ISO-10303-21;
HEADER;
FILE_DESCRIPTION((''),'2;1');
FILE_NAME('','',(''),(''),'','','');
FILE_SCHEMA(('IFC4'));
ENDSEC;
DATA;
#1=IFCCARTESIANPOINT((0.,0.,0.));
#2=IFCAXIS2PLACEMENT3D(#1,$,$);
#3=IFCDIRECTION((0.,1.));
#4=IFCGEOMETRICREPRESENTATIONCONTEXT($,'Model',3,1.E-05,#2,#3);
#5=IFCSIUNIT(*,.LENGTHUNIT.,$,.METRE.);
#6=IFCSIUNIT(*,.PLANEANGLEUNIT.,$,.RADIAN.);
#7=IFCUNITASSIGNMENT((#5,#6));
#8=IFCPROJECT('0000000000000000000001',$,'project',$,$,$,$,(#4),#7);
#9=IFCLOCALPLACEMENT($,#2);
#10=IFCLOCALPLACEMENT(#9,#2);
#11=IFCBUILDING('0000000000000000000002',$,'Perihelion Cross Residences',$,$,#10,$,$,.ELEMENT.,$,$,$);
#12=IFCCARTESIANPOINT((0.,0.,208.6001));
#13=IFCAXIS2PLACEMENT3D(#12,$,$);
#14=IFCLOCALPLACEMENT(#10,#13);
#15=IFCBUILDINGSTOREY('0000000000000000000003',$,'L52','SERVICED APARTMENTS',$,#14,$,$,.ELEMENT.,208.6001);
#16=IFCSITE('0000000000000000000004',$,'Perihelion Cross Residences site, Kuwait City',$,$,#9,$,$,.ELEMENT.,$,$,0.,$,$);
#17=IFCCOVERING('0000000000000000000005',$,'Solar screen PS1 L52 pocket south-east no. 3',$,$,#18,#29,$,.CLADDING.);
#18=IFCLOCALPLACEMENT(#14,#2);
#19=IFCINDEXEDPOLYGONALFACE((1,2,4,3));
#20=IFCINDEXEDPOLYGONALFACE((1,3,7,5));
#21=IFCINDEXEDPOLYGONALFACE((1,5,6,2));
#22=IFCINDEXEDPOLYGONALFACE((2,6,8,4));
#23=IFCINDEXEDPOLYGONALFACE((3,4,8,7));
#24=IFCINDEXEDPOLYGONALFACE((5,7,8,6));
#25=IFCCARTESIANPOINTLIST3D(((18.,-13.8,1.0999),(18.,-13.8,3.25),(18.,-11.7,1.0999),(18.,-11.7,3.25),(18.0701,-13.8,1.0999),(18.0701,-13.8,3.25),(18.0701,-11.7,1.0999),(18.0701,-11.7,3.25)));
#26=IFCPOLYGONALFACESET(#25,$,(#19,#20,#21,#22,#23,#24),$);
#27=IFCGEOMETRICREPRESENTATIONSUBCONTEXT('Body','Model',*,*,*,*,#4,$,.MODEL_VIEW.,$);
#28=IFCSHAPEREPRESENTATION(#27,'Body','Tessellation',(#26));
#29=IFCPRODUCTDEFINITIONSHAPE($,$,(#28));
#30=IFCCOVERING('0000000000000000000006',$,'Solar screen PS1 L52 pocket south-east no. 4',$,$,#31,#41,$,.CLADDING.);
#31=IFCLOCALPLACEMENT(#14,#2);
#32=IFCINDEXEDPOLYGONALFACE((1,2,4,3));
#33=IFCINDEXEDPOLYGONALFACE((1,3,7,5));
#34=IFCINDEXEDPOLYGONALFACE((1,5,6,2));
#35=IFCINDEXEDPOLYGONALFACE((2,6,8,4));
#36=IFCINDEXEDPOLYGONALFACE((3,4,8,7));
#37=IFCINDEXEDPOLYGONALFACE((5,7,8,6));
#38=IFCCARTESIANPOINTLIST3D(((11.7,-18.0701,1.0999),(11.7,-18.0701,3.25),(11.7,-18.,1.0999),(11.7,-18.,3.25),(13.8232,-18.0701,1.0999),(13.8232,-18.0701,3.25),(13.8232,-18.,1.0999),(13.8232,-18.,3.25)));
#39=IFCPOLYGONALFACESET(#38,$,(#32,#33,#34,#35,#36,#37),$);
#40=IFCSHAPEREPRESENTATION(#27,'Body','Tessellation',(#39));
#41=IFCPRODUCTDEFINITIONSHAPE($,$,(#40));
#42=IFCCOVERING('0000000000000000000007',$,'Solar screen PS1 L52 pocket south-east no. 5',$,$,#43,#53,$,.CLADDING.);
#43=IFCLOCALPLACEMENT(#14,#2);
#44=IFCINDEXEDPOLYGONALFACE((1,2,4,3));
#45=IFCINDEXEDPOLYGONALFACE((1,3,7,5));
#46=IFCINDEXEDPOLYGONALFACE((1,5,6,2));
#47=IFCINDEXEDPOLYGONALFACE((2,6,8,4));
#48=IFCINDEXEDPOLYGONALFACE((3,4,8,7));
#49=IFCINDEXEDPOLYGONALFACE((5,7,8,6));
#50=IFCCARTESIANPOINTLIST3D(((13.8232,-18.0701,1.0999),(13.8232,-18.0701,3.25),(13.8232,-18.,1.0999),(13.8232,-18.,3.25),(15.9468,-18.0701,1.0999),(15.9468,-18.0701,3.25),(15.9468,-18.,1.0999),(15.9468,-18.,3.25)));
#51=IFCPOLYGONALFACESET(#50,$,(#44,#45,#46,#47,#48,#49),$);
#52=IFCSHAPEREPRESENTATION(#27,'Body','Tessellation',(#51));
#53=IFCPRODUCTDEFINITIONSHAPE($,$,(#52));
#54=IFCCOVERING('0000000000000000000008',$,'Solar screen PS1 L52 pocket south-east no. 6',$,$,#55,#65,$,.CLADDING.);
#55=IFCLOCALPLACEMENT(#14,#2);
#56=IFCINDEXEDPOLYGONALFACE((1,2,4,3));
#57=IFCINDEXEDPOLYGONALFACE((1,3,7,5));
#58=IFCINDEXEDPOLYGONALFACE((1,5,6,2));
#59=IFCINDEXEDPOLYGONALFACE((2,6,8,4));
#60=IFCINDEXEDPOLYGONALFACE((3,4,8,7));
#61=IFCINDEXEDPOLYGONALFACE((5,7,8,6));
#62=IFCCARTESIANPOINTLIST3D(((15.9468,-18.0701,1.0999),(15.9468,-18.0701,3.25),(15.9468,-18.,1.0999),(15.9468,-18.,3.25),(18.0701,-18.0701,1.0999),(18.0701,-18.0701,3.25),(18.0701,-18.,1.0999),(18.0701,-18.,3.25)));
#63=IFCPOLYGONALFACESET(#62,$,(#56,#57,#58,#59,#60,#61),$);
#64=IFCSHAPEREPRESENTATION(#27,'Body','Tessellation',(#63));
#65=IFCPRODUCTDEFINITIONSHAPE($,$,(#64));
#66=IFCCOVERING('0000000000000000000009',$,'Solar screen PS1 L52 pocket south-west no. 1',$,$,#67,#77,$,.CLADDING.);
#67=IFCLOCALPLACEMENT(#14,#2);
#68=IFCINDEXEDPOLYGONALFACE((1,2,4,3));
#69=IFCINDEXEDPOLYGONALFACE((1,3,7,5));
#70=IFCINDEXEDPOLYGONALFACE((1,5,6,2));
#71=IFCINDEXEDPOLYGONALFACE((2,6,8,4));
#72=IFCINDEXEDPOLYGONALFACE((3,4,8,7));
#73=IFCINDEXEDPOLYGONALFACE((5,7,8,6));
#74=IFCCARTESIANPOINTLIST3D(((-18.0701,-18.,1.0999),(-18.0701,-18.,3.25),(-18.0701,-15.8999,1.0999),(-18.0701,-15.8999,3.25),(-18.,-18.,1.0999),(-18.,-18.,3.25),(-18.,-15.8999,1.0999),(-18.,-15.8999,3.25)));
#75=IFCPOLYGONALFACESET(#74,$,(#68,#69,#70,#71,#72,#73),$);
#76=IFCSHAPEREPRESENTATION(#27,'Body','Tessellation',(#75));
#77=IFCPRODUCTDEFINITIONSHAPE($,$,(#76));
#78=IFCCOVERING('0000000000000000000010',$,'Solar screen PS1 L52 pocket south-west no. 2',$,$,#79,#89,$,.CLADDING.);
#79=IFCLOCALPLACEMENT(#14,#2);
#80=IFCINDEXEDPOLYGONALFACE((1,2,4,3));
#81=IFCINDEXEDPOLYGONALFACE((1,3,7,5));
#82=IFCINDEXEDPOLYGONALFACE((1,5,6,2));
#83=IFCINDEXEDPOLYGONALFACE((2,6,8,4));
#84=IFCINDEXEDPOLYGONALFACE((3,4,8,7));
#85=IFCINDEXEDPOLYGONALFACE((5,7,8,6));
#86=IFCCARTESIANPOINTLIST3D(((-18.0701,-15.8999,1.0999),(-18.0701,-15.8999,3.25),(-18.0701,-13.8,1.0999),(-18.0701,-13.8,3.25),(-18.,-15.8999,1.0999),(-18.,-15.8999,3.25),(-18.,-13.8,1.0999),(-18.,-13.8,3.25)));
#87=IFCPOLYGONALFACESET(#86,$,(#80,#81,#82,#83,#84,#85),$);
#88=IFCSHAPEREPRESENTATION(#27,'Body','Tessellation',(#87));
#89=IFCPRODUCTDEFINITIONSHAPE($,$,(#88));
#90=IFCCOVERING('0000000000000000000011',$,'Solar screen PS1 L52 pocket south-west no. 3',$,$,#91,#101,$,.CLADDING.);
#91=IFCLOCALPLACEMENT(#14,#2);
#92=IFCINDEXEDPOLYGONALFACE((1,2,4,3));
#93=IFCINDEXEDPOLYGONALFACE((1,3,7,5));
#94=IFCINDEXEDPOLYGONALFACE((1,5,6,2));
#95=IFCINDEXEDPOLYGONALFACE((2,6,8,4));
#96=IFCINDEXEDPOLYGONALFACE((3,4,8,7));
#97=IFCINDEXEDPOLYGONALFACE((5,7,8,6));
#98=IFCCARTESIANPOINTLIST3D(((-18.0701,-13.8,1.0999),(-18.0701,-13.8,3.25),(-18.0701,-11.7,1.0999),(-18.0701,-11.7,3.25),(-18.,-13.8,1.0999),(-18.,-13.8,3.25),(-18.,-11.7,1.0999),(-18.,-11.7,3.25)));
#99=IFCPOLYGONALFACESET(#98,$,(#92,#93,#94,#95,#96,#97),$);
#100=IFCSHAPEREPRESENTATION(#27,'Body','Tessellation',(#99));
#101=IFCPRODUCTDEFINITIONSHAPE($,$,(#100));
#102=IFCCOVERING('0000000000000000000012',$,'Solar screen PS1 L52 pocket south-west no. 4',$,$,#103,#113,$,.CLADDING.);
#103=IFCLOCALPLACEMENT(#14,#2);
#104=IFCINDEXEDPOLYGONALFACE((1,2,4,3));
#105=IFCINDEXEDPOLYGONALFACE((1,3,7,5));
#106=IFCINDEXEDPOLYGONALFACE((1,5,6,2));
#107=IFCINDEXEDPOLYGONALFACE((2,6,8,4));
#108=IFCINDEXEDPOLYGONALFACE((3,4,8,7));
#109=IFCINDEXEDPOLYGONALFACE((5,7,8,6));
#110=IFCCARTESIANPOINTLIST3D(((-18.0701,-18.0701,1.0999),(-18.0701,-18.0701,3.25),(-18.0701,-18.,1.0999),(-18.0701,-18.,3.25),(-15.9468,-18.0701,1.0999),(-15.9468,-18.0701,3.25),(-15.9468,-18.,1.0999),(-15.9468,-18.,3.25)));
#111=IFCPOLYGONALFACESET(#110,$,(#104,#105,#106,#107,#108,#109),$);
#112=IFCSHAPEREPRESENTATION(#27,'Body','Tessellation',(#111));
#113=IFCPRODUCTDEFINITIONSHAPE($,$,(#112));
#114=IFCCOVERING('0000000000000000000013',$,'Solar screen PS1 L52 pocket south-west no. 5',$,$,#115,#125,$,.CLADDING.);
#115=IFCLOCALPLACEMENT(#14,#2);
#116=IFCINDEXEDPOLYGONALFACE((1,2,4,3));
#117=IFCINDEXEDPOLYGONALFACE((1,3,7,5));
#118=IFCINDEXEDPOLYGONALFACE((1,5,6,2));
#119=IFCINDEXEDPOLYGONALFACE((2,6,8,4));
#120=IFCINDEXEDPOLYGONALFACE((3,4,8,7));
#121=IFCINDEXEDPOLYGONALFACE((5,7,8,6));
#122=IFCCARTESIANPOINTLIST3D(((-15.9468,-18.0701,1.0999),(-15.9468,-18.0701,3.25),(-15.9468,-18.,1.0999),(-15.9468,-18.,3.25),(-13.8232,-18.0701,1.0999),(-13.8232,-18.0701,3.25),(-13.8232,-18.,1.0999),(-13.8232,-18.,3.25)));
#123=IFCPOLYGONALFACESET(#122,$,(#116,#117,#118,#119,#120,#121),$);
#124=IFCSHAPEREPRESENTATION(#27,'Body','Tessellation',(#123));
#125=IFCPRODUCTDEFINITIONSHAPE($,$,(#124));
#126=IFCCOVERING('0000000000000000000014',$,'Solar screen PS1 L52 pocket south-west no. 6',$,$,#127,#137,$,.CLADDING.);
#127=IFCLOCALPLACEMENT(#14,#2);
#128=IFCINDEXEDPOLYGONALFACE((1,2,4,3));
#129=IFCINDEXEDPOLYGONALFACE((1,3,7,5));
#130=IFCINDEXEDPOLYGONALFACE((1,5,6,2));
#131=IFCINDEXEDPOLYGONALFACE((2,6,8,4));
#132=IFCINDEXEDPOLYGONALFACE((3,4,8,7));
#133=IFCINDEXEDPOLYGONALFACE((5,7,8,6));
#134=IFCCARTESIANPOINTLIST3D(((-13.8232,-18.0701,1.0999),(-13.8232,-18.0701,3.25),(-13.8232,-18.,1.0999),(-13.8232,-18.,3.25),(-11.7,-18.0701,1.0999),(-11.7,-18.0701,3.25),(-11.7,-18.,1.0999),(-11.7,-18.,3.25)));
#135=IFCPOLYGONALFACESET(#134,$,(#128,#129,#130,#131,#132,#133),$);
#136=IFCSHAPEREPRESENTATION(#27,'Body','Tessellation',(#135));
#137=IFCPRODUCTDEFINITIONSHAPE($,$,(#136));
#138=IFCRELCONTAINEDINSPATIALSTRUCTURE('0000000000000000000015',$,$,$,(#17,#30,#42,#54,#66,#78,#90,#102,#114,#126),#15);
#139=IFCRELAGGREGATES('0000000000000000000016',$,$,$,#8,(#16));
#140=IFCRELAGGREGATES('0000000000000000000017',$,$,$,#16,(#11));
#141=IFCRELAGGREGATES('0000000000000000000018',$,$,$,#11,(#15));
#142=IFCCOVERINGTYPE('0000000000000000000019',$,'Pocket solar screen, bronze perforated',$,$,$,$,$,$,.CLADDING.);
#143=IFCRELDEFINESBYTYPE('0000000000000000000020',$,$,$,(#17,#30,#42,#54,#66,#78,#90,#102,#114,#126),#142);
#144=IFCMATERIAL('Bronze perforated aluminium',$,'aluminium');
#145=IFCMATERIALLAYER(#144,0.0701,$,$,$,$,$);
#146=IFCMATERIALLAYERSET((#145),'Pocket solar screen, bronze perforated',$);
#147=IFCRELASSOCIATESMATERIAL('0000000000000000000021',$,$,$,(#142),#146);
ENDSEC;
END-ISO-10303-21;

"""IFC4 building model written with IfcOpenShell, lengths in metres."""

from ifc_helpers import new_model, si_unit, direction, frame, origin, place, context, subcontext, project, spatial, polyline, outline, extrude, material, layer, layer_set, type_object, element, save


model = new_model("IFC4")

# Units and contexts
model_context = context("Model", 3, precision=1e-05, world=origin(), true_north=direction((0.0, 1.0)))
body_context = subcontext(model_context, "Body", "Model", "MODEL_VIEW")
ifc_project = project(units=[si_unit("LENGTHUNIT", "METRE"), si_unit("PLANEANGLEUNIT", "RADIAN")], contexts=[model_context])

# Site, building, storey
site_placement = place(None, origin())
site = spatial("IfcSite", under=ifc_project, at=site_placement, Name="Perihelion Cross Residences site, Kuwait City", CompositionType="ELEMENT", RefElevation=0.0)
building_placement = place(site_placement, origin())
building = spatial("IfcBuilding", under=site, at=building_placement, Name="Perihelion Cross Residences", CompositionType="ELEMENT")
storey_placement = place(building_placement, frame((0.0, 0.0, 208.6001)))
storey = spatial("IfcBuildingStorey", under=building, at=storey_placement, Name="L52", Description="SERVICED APARTMENTS", CompositionType="ELEMENT", Elevation=208.6001)

# Coverings
ifc_material_1 = material(Name="Bronze perforated aluminium", Category="aluminium")
ifc_layer_1 = layer(ifc_material_1, 0.0701)
ifc_layer_set_1 = layer_set([ifc_layer_1], Name="Pocket solar screen, bronze perforated")
covering_type_1 = type_object("IfcCoveringType", Name="Pocket solar screen, bronze perforated", PredefinedType="CLADDING", material=ifc_layer_set_1)
covering_1_placement = place(storey_placement, frame((0.0, 0.0, 1.0999)))
element("IfcCovering", 1, at=covering_1_placement, inside=storey, type_object=covering_type_1, Name="Solar screen PS1 L52 pocket south-east no. 3", PredefinedType="CLADDING", context=body_context, shape_type="SweptSolid", body=[
    extrude(outline(polyline([(18.0701, -13.8), (18.0701, -11.7), (18.0, -11.7), (18.0, -13.8), (18.0701, -13.8)])), origin(), (0.0, 0.0, 1.0), 2.1501),
])
covering_2_placement = place(storey_placement, frame((0.0, 0.0, 1.0999)))
element("IfcCovering", 2, at=covering_2_placement, inside=storey, type_object=covering_type_1, Name="Solar screen PS1 L52 pocket south-east no. 4", PredefinedType="CLADDING", context=body_context, shape_type="SweptSolid", body=[
    extrude(outline(polyline([(13.8232, -18.0701), (13.8232, -18.0), (11.7, -18.0), (11.7, -18.0701), (13.8232, -18.0701)])), origin(), (0.0, 0.0, 1.0), 2.1501),
])
covering_3_placement = place(storey_placement, frame((0.0, 0.0, 1.0999)))
element("IfcCovering", 3, at=covering_3_placement, inside=storey, type_object=covering_type_1, Name="Solar screen PS1 L52 pocket south-east no. 5", PredefinedType="CLADDING", context=body_context, shape_type="SweptSolid", body=[
    extrude(outline(polyline([(15.9468, -18.0701), (15.9468, -18.0), (13.8232, -18.0), (13.8232, -18.0701), (15.9468, -18.0701)])), origin(), (0.0, 0.0, 1.0), 2.1501),
])
covering_4_placement = place(storey_placement, frame((0.0, 0.0, 1.0999)))
element("IfcCovering", 4, at=covering_4_placement, inside=storey, type_object=covering_type_1, Name="Solar screen PS1 L52 pocket south-east no. 6", PredefinedType="CLADDING", context=body_context, shape_type="SweptSolid", body=[
    extrude(outline(polyline([(18.0701, -18.0701), (18.0701, -18.0), (15.9468, -18.0), (15.9468, -18.0701), (18.0701, -18.0701)])), origin(), (0.0, 0.0, 1.0), 2.1501),
])
covering_5_placement = place(storey_placement, frame((0.0, 0.0, 1.0999)))
element("IfcCovering", 5, at=covering_5_placement, inside=storey, type_object=covering_type_1, Name="Solar screen PS1 L52 pocket south-west no. 1", PredefinedType="CLADDING", context=body_context, shape_type="SweptSolid", body=[
    extrude(outline(polyline([(-18.0, -18.0), (-18.0, -15.8999), (-18.0701, -15.8999), (-18.0701, -18.0), (-18.0, -18.0)])), origin(), (0.0, 0.0, 1.0), 2.1501),
])
covering_6_placement = place(storey_placement, frame((0.0, 0.0, 1.0999)))
element("IfcCovering", 6, at=covering_6_placement, inside=storey, type_object=covering_type_1, Name="Solar screen PS1 L52 pocket south-west no. 2", PredefinedType="CLADDING", context=body_context, shape_type="SweptSolid", body=[
    extrude(outline(polyline([(-18.0, -15.8999), (-18.0, -13.8), (-18.0701, -13.8), (-18.0701, -15.8999), (-18.0, -15.8999)])), origin(), (0.0, 0.0, 1.0), 2.1501),
])
covering_7_placement = place(storey_placement, frame((0.0, 0.0, 1.0999)))
element("IfcCovering", 7, at=covering_7_placement, inside=storey, type_object=covering_type_1, Name="Solar screen PS1 L52 pocket south-west no. 3", PredefinedType="CLADDING", context=body_context, shape_type="SweptSolid", body=[
    extrude(outline(polyline([(-18.0, -13.8), (-18.0, -11.7), (-18.0701, -11.7), (-18.0701, -13.8), (-18.0, -13.8)])), origin(), (0.0, 0.0, 1.0), 2.1501),
])
covering_8_placement = place(storey_placement, frame((0.0, 0.0, 1.0999)))
element("IfcCovering", 8, at=covering_8_placement, inside=storey, type_object=covering_type_1, Name="Solar screen PS1 L52 pocket south-west no. 4", PredefinedType="CLADDING", context=body_context, shape_type="SweptSolid", body=[
    extrude(outline(polyline([(-15.9468, -18.0701), (-15.9468, -18.0), (-18.0701, -18.0), (-18.0701, -18.0701), (-15.9468, -18.0701)])), origin(), (0.0, 0.0, 1.0), 2.1501),
])
covering_9_placement = place(storey_placement, frame((0.0, 0.0, 1.0999)))
element("IfcCovering", 9, at=covering_9_placement, inside=storey, type_object=covering_type_1, Name="Solar screen PS1 L52 pocket south-west no. 5", PredefinedType="CLADDING", context=body_context, shape_type="SweptSolid", body=[
    extrude(outline(polyline([(-13.8232, -18.0701), (-13.8232, -18.0), (-15.9468, -18.0), (-15.9468, -18.0701), (-13.8232, -18.0701)])), origin(), (0.0, 0.0, 1.0), 2.1501),
])
covering_10_placement = place(storey_placement, frame((0.0, 0.0, 1.0999)))
element("IfcCovering", 10, at=covering_10_placement, inside=storey, type_object=covering_type_1, Name="Solar screen PS1 L52 pocket south-west no. 6", PredefinedType="CLADDING", context=body_context, shape_type="SweptSolid", body=[
    extrude(outline(polyline([(-11.7, -18.0701), (-11.7, -18.0), (-13.8232, -18.0), (-13.8232, -18.0701), (-11.7, -18.0701)])), origin(), (0.0, 0.0, 1.0), 2.1501),
])

save(model, "model.ifc")
